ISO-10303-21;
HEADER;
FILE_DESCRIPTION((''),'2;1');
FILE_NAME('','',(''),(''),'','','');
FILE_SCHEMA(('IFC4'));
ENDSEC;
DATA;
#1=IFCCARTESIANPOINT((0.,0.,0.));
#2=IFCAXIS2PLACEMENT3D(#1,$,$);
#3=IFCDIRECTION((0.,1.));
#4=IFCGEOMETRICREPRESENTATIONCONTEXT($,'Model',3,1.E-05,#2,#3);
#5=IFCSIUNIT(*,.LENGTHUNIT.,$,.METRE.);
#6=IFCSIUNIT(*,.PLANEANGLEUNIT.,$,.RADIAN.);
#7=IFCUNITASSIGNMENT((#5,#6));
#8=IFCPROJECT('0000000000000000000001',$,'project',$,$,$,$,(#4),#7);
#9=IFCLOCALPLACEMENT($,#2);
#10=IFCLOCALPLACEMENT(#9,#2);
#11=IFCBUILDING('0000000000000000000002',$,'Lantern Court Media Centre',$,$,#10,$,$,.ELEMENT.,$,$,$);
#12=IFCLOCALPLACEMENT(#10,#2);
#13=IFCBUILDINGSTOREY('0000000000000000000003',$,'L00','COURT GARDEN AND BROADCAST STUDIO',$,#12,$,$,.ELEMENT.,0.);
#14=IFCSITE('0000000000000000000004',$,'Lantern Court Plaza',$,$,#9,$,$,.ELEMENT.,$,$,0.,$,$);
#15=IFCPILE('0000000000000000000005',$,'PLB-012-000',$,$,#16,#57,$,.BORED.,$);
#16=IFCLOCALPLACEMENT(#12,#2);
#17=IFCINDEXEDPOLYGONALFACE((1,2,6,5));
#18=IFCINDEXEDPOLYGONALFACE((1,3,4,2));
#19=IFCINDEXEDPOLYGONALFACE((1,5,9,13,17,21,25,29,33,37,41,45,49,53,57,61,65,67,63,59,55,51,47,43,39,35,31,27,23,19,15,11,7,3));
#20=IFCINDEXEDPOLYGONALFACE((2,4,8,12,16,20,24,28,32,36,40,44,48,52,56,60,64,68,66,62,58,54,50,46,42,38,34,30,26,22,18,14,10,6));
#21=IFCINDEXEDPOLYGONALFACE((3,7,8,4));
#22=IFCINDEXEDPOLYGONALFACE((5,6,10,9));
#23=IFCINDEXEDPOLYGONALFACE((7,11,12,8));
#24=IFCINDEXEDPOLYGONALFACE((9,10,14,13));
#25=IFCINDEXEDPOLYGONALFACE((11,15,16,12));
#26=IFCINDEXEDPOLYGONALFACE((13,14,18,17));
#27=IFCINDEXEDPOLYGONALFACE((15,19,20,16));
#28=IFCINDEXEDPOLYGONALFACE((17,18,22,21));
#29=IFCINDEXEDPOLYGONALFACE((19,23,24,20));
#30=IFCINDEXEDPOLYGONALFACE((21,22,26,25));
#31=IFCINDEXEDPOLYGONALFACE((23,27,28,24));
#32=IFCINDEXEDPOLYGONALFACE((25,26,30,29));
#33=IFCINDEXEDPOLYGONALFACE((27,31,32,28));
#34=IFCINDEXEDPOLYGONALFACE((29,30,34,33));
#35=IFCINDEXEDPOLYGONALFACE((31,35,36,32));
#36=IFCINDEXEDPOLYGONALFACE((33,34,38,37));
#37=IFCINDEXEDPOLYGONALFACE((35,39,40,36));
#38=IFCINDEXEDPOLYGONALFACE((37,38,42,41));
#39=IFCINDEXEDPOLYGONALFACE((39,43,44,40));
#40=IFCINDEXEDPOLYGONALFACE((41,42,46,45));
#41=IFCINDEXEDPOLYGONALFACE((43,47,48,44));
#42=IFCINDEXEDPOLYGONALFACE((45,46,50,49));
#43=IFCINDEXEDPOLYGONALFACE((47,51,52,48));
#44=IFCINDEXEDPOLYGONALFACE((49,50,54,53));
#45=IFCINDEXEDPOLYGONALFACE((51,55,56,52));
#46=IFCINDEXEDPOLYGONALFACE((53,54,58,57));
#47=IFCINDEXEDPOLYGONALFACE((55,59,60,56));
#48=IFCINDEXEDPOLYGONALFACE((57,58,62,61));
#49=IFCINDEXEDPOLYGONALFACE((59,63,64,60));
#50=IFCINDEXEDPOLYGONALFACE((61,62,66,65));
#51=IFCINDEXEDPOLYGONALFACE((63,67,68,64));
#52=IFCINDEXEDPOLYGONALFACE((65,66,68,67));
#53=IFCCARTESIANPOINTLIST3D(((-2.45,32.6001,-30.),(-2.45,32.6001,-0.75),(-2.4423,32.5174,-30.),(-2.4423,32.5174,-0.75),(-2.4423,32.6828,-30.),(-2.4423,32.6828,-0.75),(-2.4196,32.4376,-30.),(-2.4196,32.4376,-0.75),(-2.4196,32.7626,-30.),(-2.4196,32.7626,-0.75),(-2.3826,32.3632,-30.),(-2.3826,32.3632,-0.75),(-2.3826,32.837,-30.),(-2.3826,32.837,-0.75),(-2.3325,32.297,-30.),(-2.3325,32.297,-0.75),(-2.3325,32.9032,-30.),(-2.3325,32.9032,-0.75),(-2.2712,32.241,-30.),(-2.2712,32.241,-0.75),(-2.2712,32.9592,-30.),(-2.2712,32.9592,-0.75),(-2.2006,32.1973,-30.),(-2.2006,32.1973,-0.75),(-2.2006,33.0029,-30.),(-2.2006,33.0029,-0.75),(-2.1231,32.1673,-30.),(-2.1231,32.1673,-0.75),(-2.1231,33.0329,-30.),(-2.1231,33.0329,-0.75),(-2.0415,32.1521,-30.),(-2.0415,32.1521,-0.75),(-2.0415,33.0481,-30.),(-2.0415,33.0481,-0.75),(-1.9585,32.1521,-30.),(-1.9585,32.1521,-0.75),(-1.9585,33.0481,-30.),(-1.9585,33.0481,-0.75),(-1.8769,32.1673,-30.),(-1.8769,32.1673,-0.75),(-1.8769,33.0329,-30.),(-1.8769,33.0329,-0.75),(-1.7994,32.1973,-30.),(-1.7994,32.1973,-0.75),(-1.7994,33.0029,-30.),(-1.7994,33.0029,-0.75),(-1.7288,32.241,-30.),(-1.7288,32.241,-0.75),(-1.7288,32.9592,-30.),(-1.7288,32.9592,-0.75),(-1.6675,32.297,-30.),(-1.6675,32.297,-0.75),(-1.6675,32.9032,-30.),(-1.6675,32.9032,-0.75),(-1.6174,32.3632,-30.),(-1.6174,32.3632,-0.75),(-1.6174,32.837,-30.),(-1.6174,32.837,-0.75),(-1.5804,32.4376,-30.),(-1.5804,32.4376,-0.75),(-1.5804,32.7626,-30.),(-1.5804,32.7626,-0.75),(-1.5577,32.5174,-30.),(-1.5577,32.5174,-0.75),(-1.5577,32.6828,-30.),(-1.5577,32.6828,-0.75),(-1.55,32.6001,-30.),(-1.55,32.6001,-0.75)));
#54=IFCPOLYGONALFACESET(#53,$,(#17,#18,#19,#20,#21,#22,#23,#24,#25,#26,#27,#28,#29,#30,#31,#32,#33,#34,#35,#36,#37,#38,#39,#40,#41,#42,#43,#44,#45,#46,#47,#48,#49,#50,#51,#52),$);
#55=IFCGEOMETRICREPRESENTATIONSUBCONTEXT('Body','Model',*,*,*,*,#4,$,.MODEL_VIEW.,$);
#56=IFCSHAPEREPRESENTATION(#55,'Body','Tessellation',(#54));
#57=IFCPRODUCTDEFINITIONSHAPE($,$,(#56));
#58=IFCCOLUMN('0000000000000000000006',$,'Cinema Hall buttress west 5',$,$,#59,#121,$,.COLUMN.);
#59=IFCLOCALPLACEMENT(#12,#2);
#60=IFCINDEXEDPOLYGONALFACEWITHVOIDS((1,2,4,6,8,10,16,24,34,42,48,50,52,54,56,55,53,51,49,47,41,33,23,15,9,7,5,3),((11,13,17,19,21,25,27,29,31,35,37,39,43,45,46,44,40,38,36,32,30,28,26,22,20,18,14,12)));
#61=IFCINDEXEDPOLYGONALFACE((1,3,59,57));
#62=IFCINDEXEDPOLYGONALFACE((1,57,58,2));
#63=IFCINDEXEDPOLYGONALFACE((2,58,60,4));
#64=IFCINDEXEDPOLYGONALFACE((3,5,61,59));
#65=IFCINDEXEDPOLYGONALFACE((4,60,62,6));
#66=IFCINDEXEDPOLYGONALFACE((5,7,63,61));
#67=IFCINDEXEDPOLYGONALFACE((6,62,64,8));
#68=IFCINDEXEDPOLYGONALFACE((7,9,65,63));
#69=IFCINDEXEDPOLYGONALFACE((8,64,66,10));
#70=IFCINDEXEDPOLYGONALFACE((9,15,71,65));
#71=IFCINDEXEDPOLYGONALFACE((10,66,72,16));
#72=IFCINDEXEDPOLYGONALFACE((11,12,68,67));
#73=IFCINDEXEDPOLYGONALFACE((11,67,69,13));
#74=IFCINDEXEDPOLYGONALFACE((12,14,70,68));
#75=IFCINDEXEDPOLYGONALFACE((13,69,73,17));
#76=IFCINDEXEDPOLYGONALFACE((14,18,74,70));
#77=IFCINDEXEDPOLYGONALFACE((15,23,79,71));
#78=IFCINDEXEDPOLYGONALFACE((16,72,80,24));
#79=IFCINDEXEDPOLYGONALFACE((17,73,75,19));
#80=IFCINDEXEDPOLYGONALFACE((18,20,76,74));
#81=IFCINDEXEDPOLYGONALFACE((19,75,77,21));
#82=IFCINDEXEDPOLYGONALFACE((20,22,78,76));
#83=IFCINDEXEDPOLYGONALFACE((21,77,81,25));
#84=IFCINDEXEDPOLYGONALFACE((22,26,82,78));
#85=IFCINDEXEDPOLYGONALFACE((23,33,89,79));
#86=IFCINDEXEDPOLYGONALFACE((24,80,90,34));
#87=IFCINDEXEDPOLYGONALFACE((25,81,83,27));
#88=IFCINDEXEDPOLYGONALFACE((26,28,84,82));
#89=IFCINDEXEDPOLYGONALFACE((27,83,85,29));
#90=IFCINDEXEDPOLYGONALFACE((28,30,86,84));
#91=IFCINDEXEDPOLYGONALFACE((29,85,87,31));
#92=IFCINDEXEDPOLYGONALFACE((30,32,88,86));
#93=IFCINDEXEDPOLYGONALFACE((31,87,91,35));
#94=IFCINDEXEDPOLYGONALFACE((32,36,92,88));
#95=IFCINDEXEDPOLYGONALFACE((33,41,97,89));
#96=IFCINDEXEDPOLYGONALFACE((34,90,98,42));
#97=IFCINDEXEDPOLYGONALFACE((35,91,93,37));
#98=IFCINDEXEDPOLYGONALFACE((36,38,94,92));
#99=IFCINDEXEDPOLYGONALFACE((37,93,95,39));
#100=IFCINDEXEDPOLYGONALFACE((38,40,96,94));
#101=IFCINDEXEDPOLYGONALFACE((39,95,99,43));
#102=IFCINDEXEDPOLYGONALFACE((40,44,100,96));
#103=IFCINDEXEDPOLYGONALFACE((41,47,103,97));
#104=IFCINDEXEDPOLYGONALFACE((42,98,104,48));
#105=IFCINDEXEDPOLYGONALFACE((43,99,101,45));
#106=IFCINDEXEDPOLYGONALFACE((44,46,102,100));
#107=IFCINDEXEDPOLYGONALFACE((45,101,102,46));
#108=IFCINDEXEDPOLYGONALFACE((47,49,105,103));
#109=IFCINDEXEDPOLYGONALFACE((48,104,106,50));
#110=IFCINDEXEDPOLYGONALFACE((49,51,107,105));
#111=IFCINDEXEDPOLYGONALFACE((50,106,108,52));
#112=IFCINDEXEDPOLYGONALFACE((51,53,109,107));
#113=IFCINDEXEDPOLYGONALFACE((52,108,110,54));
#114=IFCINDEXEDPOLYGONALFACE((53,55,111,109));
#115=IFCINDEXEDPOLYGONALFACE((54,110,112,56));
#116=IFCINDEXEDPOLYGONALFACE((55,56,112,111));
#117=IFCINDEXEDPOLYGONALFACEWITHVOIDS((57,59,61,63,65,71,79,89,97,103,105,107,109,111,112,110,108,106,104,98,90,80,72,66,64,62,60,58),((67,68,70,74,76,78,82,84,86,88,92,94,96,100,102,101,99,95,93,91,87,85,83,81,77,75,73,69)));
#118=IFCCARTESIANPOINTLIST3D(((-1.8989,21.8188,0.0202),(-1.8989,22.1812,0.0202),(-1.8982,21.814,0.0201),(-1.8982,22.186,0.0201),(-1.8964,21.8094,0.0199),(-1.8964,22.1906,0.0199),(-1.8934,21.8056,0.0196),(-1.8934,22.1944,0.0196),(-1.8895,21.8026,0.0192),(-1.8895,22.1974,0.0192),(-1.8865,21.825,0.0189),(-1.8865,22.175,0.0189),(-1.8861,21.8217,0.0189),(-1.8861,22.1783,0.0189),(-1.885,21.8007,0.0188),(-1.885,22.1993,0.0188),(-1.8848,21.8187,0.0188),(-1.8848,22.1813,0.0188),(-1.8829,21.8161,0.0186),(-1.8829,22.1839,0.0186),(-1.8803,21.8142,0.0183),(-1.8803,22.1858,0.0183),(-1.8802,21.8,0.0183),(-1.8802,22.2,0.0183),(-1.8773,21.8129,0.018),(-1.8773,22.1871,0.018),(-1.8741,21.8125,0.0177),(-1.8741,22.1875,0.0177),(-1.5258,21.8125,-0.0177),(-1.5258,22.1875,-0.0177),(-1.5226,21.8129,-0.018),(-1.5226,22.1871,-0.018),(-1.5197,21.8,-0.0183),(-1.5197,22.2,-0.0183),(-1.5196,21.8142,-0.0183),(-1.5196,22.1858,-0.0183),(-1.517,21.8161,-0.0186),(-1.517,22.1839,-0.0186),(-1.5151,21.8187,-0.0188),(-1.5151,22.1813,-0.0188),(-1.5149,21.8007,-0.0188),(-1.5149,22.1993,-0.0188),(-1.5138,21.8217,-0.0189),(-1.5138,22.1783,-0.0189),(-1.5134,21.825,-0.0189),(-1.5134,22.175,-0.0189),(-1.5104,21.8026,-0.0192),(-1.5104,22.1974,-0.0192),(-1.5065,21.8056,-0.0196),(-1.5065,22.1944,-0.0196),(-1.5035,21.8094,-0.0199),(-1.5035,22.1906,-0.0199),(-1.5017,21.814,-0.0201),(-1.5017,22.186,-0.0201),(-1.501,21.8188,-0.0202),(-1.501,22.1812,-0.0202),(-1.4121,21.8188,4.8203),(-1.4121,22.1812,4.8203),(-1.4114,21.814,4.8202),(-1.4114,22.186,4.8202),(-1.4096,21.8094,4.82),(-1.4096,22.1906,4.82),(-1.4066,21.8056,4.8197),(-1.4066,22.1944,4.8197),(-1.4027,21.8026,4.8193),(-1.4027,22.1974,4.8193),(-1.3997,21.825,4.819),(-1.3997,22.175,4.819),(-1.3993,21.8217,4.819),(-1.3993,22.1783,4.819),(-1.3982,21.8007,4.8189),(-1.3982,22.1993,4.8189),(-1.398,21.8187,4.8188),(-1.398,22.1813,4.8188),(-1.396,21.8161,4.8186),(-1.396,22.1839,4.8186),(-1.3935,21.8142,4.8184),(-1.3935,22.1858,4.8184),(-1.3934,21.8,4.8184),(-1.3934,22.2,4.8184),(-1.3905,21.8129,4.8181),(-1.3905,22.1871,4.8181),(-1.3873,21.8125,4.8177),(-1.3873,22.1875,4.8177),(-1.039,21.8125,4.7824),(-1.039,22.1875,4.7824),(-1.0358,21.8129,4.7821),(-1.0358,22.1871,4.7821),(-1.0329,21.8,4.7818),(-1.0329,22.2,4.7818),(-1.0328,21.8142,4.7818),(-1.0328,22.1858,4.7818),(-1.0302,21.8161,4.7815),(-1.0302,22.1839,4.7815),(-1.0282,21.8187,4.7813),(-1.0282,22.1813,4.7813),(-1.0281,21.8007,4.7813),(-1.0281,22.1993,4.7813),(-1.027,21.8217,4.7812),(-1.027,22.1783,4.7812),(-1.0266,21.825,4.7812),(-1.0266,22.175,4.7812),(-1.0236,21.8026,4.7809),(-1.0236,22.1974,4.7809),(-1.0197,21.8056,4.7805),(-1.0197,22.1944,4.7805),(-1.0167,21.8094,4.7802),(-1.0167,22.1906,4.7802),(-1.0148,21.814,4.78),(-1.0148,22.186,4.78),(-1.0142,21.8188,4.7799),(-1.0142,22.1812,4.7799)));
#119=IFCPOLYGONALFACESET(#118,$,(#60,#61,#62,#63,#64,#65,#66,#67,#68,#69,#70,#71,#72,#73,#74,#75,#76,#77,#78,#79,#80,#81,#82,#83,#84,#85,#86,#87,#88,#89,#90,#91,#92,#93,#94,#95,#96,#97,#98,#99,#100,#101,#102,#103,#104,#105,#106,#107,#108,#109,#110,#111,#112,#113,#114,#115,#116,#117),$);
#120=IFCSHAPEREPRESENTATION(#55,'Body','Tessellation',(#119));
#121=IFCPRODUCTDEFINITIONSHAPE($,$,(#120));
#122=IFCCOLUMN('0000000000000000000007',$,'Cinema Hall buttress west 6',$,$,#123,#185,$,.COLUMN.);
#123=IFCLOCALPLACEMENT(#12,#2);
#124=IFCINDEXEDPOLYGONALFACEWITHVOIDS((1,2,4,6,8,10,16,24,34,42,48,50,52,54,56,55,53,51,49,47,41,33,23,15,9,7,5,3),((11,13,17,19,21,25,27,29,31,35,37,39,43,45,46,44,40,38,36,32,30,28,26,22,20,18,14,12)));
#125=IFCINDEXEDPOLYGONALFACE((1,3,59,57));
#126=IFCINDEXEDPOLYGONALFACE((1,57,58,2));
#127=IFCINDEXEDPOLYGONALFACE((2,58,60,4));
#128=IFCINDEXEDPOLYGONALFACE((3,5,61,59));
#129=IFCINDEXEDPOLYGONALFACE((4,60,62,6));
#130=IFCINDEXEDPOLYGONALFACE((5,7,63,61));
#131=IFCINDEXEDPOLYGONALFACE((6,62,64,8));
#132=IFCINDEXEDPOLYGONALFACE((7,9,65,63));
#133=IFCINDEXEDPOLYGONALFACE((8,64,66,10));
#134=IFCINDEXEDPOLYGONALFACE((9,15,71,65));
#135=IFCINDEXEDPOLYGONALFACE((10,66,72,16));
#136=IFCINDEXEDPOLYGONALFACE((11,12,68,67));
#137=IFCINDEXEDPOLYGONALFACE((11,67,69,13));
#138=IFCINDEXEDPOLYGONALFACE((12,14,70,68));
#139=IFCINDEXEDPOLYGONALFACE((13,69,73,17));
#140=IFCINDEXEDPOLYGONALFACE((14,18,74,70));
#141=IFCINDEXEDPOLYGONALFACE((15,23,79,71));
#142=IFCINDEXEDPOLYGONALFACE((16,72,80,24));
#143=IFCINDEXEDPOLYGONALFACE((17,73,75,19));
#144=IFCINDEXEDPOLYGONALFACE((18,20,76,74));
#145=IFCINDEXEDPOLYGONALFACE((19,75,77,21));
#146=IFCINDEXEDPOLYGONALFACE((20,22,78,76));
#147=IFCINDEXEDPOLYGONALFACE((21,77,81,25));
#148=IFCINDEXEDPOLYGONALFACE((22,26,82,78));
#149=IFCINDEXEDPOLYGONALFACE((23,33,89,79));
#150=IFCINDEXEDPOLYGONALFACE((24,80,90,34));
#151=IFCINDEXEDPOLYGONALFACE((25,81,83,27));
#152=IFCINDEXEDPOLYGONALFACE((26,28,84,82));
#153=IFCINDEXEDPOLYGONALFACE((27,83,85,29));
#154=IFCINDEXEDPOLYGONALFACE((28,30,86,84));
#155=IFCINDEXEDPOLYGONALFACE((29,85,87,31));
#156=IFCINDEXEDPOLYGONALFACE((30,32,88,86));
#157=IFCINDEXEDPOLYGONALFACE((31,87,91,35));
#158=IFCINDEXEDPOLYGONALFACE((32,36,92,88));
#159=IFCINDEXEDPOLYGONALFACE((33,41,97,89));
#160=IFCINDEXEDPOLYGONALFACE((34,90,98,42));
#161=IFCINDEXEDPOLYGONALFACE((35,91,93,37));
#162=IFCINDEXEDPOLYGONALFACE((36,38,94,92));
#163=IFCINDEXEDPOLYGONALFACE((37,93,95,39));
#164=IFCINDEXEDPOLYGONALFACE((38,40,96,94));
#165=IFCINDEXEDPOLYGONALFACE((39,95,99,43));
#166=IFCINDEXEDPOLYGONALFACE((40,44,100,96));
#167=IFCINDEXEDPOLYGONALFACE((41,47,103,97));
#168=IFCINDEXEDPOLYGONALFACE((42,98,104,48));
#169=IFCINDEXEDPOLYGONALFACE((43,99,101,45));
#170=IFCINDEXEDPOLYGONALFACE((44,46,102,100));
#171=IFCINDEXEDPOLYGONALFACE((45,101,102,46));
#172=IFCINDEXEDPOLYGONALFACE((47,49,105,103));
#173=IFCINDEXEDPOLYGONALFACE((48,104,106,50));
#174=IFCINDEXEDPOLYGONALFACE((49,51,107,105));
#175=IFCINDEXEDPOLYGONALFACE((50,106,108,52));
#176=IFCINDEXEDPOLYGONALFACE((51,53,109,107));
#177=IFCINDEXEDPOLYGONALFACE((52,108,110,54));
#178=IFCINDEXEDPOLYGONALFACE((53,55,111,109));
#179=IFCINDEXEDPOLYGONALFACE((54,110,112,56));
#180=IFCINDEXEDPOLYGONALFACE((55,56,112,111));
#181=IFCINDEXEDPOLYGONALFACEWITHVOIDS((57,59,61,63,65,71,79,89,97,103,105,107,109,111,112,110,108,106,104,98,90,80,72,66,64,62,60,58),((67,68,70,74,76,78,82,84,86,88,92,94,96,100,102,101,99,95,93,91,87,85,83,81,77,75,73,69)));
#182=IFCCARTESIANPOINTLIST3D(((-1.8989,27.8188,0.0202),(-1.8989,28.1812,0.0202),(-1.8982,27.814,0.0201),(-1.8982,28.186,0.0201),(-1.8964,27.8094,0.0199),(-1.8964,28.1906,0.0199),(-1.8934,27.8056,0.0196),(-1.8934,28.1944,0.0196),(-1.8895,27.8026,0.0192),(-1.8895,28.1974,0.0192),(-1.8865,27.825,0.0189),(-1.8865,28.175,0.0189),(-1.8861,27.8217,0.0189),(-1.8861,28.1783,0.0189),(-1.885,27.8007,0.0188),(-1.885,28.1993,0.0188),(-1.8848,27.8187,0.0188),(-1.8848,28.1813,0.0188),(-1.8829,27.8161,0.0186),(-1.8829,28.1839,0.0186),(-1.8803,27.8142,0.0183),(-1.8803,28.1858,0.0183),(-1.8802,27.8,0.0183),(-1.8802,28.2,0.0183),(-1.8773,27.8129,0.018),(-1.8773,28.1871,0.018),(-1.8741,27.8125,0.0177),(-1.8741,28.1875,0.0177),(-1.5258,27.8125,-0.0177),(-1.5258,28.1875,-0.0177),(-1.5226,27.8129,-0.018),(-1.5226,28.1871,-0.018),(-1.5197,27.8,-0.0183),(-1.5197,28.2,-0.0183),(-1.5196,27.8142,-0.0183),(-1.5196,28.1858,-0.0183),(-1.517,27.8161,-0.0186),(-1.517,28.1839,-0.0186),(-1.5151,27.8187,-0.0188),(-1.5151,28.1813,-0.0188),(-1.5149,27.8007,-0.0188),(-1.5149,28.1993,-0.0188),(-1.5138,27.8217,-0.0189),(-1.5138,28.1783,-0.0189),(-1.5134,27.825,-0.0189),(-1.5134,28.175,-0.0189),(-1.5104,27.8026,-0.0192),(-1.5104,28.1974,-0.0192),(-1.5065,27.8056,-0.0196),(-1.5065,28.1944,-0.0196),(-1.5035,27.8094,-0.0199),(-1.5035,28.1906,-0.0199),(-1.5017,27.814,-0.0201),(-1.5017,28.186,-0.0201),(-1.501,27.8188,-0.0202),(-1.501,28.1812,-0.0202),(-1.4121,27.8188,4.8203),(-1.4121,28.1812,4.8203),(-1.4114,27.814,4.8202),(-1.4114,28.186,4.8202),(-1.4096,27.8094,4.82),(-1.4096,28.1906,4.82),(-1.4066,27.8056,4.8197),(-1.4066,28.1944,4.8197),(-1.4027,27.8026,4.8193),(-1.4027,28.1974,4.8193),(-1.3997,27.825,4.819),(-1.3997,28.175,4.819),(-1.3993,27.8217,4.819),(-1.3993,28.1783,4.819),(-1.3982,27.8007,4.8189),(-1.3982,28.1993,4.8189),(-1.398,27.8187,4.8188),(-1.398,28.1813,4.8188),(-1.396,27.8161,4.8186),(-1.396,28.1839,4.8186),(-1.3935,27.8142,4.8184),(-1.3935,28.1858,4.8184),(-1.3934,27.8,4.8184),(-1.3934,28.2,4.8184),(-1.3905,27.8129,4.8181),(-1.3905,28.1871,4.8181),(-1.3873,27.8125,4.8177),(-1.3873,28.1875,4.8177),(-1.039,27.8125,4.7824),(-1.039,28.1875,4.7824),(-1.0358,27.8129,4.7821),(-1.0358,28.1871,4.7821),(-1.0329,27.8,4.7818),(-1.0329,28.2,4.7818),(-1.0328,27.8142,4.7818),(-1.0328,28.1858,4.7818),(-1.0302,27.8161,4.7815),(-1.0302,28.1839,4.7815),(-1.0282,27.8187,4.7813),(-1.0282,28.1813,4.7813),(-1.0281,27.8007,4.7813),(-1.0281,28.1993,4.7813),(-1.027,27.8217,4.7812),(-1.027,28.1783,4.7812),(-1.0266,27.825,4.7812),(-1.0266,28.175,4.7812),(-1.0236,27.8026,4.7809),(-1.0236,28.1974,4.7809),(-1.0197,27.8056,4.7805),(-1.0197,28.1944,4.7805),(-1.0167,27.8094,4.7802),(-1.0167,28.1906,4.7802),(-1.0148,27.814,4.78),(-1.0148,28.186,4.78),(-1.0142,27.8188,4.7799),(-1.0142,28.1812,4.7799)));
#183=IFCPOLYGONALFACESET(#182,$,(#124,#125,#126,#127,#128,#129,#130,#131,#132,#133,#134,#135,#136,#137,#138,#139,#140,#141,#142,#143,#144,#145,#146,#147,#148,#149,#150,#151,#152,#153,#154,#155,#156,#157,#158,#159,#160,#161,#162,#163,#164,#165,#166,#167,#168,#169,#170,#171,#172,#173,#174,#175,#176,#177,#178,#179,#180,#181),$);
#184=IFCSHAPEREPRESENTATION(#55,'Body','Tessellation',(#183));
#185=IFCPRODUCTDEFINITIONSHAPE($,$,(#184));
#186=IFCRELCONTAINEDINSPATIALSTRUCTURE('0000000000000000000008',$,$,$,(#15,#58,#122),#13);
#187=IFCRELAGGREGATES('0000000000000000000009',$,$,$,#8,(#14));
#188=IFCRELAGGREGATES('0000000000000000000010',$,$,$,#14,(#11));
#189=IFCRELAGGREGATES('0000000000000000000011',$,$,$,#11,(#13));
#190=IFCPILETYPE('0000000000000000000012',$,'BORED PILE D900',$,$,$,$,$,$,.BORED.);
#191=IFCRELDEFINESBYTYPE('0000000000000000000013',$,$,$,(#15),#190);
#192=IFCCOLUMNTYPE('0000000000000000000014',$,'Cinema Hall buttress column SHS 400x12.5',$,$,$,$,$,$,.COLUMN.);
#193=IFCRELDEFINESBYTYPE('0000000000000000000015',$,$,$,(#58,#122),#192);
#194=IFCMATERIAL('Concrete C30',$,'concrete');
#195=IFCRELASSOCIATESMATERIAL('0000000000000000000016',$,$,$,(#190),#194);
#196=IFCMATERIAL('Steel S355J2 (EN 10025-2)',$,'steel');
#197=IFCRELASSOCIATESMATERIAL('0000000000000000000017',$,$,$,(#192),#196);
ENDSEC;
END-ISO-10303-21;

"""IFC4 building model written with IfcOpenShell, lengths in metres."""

from ifc_helpers import new_model, si_unit, direction, frame, origin, origin_2d, place, context, subcontext, project, spatial, hollow_rectangle, circle, extrude, material, material_profile, profile_set, type_object, element, save


model = new_model("IFC4")

# Units and contexts
model_context = context("Model", 3, precision=1e-05, world=origin(), true_north=direction((0.0, 1.0)))
body_context = subcontext(model_context, "Body", "Model", "MODEL_VIEW")
ifc_project = project(units=[si_unit("LENGTHUNIT", "METRE"), si_unit("PLANEANGLEUNIT", "RADIAN")], contexts=[model_context])

# Site, building, storey
site_placement = place(None, origin())
site = spatial("IfcSite", under=ifc_project, at=site_placement, Name="Lantern Court Plaza", CompositionType="ELEMENT", RefElevation=0.0)
building_placement = place(site_placement, origin())
building = spatial("IfcBuilding", under=site, at=building_placement, Name="Lantern Court Media Centre", CompositionType="ELEMENT")
storey_placement = place(building_placement, origin())
storey = spatial("IfcBuildingStorey", under=building, at=storey_placement, Name="L00", Description="COURT GARDEN AND BROADCAST STUDIO", CompositionType="ELEMENT", Elevation=0.0)

# Pile
ifc_material_1 = material(Name="Concrete C30", Category="concrete")
ifc_material_profile_1 = material_profile(ifc_material_1, circle(Radius=0.45, at=origin_2d()), Name="D900")
ifc_profile_set_1 = profile_set([ifc_material_profile_1], Name="Concrete C30")
pile_type = type_object("IfcPileType", Name="BORED PILE D900", PredefinedType="BORED", material=ifc_profile_set_1)
for number, where, z_axis, x_axis, name in (
    (1, (-2.0, 32.6001, -0.75), (0.0, 0.0, -1.0), (1.0, 0.0, 0.0), "PLB-012-000"),
):
    element("IfcPile", number, at=place(storey_placement, frame(where, z_axis=z_axis, x_axis=x_axis)), inside=storey, type_object=pile_type, Name=name, PredefinedType="BORED", context=body_context, shape_type="SweptSolid", body=[
        extrude(circle(Radius=0.45, at=origin_2d()), origin(), (0.0, 0.0, 1.0), 29.25),
    ])

# Columns
ifc_material_2 = material(Name="Steel S355J2 (EN 10025-2)", Category="steel")
ifc_material_profile_2 = material_profile(ifc_material_2, hollow_rectangle(XDim=0.3999, YDim=0.3999, WallThickness=0.0125, InnerFilletRadius=0.0125, OuterFilletRadius=0.0188, at=origin_2d()), Name="Cinema Hall buttress column SHS 400x12.5")
ifc_profile_set_2 = profile_set([ifc_material_profile_2], Name="Steel S355J2 (EN 10025-2)")
column_type_1 = type_object("IfcColumnType", Name="Cinema Hall buttress column SHS 400x12.5", PredefinedType="COLUMN", material=ifc_profile_set_2)
for number, where, z_axis, x_axis, name in (
    (2, (-1.7, 22.0, 0.0), (0.100901, 0.0, 0.994896), (0.0, 1.0, 0.0), "Cinema Hall buttress west 5"),
    (3, (-1.7, 28.0, 0.0), (0.100901, 0.0, 0.994896), (0.0, 1.0, 0.0), "Cinema Hall buttress west 6"),
):
    element("IfcColumn", number, at=place(storey_placement, frame(where, z_axis=z_axis, x_axis=x_axis)), inside=storey, type_object=column_type_1, Name=name, PredefinedType="COLUMN", context=body_context, shape_type="SweptSolid", body=[
        extrude(hollow_rectangle(XDim=0.3999, YDim=0.3999, WallThickness=0.0125, InnerFilletRadius=0.0125, OuterFilletRadius=0.0188, at=origin_2d()), origin(), (0.0, 0.0, 1.0), 4.8247),
    ])

save(model, "model.ifc")
